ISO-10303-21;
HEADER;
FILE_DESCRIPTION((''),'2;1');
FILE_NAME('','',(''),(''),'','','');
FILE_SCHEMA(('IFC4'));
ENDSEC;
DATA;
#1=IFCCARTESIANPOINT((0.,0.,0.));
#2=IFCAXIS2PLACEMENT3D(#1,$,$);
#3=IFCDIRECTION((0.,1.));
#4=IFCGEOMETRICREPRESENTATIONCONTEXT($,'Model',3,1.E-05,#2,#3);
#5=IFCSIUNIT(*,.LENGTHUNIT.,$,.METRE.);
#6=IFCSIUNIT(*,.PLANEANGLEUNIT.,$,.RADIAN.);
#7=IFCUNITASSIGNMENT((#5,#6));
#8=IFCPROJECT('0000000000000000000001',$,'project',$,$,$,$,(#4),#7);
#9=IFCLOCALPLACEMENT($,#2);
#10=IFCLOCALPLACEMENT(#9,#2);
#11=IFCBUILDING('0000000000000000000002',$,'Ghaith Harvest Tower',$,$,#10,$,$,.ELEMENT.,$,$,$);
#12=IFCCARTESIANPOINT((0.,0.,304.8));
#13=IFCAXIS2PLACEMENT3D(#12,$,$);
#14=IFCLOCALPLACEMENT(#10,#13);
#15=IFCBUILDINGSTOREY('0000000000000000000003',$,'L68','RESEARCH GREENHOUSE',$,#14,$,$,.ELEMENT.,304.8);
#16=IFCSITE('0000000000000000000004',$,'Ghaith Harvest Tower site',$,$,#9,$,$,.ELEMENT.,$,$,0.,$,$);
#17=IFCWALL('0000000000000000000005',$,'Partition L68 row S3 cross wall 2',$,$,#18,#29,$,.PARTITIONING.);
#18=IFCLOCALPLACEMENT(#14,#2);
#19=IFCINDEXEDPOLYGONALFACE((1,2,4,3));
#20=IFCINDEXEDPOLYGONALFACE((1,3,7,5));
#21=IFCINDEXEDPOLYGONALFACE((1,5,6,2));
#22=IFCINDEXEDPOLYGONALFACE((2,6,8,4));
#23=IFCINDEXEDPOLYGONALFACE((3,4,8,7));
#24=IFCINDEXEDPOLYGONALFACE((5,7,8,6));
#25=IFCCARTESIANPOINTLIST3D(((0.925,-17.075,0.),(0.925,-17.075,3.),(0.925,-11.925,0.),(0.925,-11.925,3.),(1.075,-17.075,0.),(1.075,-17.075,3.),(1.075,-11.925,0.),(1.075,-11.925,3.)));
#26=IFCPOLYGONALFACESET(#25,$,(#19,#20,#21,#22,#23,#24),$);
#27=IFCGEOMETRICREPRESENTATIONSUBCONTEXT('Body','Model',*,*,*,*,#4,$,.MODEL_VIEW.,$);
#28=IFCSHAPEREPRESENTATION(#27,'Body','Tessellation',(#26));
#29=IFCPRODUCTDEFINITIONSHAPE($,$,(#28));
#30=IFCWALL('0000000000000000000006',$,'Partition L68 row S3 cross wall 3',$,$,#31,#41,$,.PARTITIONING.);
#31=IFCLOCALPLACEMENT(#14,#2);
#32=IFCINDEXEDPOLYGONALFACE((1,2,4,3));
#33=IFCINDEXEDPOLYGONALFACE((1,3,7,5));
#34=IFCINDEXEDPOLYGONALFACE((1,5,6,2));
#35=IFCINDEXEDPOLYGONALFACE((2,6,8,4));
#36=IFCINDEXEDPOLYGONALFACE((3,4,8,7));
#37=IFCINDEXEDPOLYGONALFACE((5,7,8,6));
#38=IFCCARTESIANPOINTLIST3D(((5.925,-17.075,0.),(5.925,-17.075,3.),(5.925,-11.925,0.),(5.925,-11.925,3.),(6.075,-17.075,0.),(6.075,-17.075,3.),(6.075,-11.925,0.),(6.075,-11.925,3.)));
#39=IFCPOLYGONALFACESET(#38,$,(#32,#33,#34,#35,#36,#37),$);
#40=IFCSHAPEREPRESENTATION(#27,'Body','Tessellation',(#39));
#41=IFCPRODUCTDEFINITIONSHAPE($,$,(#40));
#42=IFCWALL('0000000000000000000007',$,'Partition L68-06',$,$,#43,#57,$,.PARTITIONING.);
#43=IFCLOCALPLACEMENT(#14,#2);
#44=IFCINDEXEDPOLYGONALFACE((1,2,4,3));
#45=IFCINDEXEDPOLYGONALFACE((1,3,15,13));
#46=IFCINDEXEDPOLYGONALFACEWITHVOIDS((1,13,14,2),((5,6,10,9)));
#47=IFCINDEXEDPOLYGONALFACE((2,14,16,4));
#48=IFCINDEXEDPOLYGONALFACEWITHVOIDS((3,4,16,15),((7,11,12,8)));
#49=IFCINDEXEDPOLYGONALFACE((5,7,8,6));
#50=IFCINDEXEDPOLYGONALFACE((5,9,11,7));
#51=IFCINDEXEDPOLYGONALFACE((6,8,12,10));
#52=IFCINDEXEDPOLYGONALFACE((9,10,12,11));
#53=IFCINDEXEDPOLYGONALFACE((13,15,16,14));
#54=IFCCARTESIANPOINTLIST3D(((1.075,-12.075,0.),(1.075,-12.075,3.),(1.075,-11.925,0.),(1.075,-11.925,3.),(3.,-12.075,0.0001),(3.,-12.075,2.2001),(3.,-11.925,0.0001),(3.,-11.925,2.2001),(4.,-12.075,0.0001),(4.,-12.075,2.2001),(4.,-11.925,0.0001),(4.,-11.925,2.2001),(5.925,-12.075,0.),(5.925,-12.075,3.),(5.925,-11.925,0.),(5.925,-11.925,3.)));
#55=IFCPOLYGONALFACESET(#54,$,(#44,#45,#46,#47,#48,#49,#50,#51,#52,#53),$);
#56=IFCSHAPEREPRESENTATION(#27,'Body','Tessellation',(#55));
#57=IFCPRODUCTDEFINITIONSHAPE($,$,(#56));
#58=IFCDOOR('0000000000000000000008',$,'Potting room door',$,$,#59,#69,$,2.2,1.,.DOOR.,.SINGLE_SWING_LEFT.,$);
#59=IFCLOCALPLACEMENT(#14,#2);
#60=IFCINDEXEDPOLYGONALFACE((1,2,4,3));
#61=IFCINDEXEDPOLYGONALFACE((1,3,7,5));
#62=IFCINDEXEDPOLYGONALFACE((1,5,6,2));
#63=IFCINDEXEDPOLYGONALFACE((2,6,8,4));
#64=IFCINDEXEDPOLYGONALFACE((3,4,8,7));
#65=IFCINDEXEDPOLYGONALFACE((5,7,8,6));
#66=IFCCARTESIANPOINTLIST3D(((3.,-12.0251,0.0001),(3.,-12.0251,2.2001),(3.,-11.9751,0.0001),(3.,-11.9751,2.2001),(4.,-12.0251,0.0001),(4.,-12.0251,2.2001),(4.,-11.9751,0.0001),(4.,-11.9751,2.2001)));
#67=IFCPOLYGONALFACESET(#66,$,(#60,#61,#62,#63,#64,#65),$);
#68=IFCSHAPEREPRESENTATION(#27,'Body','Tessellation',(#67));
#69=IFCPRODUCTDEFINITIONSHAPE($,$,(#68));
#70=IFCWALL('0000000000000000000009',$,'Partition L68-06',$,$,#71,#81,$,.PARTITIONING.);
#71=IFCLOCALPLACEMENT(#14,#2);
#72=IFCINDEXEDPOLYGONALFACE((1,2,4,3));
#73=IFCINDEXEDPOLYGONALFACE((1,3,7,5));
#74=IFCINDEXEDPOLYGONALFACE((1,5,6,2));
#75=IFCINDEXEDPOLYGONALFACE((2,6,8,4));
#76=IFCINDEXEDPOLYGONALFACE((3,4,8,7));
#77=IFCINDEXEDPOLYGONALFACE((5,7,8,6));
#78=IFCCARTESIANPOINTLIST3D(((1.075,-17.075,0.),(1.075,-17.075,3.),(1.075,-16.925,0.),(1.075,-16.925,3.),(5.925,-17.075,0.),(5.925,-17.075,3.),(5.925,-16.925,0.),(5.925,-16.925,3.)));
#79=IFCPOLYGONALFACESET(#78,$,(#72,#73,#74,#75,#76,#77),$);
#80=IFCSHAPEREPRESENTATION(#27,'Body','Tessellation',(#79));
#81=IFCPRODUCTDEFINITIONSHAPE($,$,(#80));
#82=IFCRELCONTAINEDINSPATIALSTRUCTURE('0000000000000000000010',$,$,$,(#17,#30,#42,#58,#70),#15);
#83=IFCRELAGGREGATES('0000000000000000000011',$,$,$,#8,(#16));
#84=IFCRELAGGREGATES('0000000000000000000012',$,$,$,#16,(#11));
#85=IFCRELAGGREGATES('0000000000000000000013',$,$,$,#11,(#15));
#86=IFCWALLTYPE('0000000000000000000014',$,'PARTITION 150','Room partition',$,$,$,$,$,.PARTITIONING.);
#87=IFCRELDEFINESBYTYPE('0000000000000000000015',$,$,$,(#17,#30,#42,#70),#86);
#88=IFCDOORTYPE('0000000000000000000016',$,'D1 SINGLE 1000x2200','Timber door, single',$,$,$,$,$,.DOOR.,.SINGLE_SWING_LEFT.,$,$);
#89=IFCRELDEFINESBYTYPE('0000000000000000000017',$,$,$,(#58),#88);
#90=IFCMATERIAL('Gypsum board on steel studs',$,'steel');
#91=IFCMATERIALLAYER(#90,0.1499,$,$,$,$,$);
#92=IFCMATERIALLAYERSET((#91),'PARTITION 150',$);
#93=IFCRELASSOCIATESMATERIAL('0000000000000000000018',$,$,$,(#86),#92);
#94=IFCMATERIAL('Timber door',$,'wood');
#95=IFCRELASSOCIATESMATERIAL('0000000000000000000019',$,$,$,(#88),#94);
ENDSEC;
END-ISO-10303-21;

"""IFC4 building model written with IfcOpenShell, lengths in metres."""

from ifc_helpers import new_model, si_unit, direction, frame, frame_2d, origin, place, context, subcontext, project, spatial, rectangle, extrude, material, layer, layer_set, type_object, element, fill, save


model = new_model("IFC4")

# Units and contexts
model_context = context("Model", 3, precision=1e-05, world=origin(), true_north=direction((0.0, 1.0)))
body_context = subcontext(model_context, "Body", "Model", "MODEL_VIEW")
ifc_project = project(units=[si_unit("LENGTHUNIT", "METRE"), si_unit("PLANEANGLEUNIT", "RADIAN")], contexts=[model_context])

# Site, building, storey
site_placement = place(None, origin())
site = spatial("IfcSite", under=ifc_project, at=site_placement, Name="Ghaith Harvest Tower site", CompositionType="ELEMENT", RefElevation=0.0)
building_placement = place(site_placement, origin())
building = spatial("IfcBuilding", under=site, at=building_placement, Name="Ghaith Harvest Tower", CompositionType="ELEMENT")
storey_placement = place(building_placement, frame((0.0, 0.0, 304.8)))
storey = spatial("IfcBuildingStorey", under=building, at=storey_placement, Name="L68", Description="RESEARCH GREENHOUSE", CompositionType="ELEMENT", Elevation=304.8)

# Walls
ifc_material_1 = material(Name="Gypsum board on steel studs", Category="steel")
ifc_layer_1 = layer(ifc_material_1, 0.1499)
ifc_layer_set_1 = layer_set([ifc_layer_1], Name="PARTITION 150")
wall_type_1 = type_object("IfcWallType", Name="PARTITION 150", Description="Room partition", PredefinedType="PARTITIONING", material=ifc_layer_set_1)
for number, where, z_axis, x_axis, name in (
    (1, (1.0, -11.925, 0.0), (0.0, 0.0, 1.0), (0.0, -1.0, 0.0), "Partition L68 row S3 cross wall 2"),
    (2, (6.0, -11.925, 0.0), (0.0, 0.0, 1.0), (0.0, -1.0, 0.0), "Partition L68 row S3 cross wall 3"),
):
    element("IfcWall", number, at=place(storey_placement, frame(where, z_axis=z_axis, x_axis=x_axis)), inside=storey, type_object=wall_type_1, Name=name, PredefinedType="PARTITIONING", context=body_context, shape_type="SweptSolid", body=[
        extrude(rectangle(XDim=5.1499, YDim=0.1499, at=frame_2d((2.575, 0.0))), origin(), (0.0, 0.0, 1.0), 3.0),
    ])

# Wall, opening, door
wall_1_placement = place(storey_placement, frame((1.075, -12.0, 0.0), z_axis=(0.0, 0.0, 1.0), x_axis=(1.0, 0.0, 0.0)))
wall_1 = element("IfcWall", 3, at=wall_1_placement, inside=storey, type_object=wall_type_1, Name="Partition L68-06", PredefinedType="PARTITIONING", context=body_context, shape_type="SweptSolid", body=[
    extrude(rectangle(XDim=4.8501, YDim=0.1499, at=frame_2d((2.425, 0.0))), origin(), (0.0, 0.0, 1.0), 3.0),
])
opening_1_placement = place(wall_1_placement, frame((1.925, 0.0, 0.0)))
opening_1 = element("IfcOpeningElement", 4, at=opening_1_placement, cuts=wall_1, PredefinedType="OPENING", context=body_context, shape_type="SweptSolid", body=[
    extrude(rectangle(XDim=1.0, YDim=2.2, at=frame_2d((0.5, 1.1001))), frame((0.0, 0.085, 0.0), z_axis=(0.0, -1.0, 0.0), x_axis=(1.0, 0.0, 0.0)), (0.0, 0.0, 1.0), 0.1699),
])
ifc_material_2 = material(Name="Timber door", Category="wood")
door_type_1 = type_object("IfcDoorType", Name="D1 SINGLE 1000x2200", Description="Timber door, single", OperationType="SINGLE_SWING_LEFT", PredefinedType="DOOR", material=ifc_material_2)
door_1_placement = place(opening_1_placement, origin())
door_1 = element("IfcDoor", 5, at=door_1_placement, inside=storey, type_object=door_type_1, Name="Potting room door", OperationType="SINGLE_SWING_LEFT", OverallHeight=2.2, OverallWidth=1.0, PredefinedType="DOOR", context=body_context, shape_type="SweptSolid", body=[
    extrude(rectangle(XDim=1.0, YDim=2.2, at=frame_2d((0.5, 1.1001))), frame((0.0, 0.0249, 0.0), z_axis=(0.0, -1.0, 0.0), x_axis=(1.0, 0.0, 0.0)), (0.0, 0.0, 1.0), 0.05),
])
fill(opening_1, door_1)

# Wall
wall_2_placement = place(storey_placement, frame((1.075, -17.0, 0.0), z_axis=(0.0, 0.0, 1.0), x_axis=(1.0, 0.0, 0.0)))
element("IfcWall", 6, at=wall_2_placement, inside=storey, type_object=wall_type_1, Name="Partition L68-06", PredefinedType="PARTITIONING", context=body_context, shape_type="SweptSolid", body=[
    extrude(rectangle(XDim=4.8501, YDim=0.1499, at=frame_2d((2.425, 0.0))), origin(), (0.0, 0.0, 1.0), 3.0),
])

save(model, "model.ifc")
